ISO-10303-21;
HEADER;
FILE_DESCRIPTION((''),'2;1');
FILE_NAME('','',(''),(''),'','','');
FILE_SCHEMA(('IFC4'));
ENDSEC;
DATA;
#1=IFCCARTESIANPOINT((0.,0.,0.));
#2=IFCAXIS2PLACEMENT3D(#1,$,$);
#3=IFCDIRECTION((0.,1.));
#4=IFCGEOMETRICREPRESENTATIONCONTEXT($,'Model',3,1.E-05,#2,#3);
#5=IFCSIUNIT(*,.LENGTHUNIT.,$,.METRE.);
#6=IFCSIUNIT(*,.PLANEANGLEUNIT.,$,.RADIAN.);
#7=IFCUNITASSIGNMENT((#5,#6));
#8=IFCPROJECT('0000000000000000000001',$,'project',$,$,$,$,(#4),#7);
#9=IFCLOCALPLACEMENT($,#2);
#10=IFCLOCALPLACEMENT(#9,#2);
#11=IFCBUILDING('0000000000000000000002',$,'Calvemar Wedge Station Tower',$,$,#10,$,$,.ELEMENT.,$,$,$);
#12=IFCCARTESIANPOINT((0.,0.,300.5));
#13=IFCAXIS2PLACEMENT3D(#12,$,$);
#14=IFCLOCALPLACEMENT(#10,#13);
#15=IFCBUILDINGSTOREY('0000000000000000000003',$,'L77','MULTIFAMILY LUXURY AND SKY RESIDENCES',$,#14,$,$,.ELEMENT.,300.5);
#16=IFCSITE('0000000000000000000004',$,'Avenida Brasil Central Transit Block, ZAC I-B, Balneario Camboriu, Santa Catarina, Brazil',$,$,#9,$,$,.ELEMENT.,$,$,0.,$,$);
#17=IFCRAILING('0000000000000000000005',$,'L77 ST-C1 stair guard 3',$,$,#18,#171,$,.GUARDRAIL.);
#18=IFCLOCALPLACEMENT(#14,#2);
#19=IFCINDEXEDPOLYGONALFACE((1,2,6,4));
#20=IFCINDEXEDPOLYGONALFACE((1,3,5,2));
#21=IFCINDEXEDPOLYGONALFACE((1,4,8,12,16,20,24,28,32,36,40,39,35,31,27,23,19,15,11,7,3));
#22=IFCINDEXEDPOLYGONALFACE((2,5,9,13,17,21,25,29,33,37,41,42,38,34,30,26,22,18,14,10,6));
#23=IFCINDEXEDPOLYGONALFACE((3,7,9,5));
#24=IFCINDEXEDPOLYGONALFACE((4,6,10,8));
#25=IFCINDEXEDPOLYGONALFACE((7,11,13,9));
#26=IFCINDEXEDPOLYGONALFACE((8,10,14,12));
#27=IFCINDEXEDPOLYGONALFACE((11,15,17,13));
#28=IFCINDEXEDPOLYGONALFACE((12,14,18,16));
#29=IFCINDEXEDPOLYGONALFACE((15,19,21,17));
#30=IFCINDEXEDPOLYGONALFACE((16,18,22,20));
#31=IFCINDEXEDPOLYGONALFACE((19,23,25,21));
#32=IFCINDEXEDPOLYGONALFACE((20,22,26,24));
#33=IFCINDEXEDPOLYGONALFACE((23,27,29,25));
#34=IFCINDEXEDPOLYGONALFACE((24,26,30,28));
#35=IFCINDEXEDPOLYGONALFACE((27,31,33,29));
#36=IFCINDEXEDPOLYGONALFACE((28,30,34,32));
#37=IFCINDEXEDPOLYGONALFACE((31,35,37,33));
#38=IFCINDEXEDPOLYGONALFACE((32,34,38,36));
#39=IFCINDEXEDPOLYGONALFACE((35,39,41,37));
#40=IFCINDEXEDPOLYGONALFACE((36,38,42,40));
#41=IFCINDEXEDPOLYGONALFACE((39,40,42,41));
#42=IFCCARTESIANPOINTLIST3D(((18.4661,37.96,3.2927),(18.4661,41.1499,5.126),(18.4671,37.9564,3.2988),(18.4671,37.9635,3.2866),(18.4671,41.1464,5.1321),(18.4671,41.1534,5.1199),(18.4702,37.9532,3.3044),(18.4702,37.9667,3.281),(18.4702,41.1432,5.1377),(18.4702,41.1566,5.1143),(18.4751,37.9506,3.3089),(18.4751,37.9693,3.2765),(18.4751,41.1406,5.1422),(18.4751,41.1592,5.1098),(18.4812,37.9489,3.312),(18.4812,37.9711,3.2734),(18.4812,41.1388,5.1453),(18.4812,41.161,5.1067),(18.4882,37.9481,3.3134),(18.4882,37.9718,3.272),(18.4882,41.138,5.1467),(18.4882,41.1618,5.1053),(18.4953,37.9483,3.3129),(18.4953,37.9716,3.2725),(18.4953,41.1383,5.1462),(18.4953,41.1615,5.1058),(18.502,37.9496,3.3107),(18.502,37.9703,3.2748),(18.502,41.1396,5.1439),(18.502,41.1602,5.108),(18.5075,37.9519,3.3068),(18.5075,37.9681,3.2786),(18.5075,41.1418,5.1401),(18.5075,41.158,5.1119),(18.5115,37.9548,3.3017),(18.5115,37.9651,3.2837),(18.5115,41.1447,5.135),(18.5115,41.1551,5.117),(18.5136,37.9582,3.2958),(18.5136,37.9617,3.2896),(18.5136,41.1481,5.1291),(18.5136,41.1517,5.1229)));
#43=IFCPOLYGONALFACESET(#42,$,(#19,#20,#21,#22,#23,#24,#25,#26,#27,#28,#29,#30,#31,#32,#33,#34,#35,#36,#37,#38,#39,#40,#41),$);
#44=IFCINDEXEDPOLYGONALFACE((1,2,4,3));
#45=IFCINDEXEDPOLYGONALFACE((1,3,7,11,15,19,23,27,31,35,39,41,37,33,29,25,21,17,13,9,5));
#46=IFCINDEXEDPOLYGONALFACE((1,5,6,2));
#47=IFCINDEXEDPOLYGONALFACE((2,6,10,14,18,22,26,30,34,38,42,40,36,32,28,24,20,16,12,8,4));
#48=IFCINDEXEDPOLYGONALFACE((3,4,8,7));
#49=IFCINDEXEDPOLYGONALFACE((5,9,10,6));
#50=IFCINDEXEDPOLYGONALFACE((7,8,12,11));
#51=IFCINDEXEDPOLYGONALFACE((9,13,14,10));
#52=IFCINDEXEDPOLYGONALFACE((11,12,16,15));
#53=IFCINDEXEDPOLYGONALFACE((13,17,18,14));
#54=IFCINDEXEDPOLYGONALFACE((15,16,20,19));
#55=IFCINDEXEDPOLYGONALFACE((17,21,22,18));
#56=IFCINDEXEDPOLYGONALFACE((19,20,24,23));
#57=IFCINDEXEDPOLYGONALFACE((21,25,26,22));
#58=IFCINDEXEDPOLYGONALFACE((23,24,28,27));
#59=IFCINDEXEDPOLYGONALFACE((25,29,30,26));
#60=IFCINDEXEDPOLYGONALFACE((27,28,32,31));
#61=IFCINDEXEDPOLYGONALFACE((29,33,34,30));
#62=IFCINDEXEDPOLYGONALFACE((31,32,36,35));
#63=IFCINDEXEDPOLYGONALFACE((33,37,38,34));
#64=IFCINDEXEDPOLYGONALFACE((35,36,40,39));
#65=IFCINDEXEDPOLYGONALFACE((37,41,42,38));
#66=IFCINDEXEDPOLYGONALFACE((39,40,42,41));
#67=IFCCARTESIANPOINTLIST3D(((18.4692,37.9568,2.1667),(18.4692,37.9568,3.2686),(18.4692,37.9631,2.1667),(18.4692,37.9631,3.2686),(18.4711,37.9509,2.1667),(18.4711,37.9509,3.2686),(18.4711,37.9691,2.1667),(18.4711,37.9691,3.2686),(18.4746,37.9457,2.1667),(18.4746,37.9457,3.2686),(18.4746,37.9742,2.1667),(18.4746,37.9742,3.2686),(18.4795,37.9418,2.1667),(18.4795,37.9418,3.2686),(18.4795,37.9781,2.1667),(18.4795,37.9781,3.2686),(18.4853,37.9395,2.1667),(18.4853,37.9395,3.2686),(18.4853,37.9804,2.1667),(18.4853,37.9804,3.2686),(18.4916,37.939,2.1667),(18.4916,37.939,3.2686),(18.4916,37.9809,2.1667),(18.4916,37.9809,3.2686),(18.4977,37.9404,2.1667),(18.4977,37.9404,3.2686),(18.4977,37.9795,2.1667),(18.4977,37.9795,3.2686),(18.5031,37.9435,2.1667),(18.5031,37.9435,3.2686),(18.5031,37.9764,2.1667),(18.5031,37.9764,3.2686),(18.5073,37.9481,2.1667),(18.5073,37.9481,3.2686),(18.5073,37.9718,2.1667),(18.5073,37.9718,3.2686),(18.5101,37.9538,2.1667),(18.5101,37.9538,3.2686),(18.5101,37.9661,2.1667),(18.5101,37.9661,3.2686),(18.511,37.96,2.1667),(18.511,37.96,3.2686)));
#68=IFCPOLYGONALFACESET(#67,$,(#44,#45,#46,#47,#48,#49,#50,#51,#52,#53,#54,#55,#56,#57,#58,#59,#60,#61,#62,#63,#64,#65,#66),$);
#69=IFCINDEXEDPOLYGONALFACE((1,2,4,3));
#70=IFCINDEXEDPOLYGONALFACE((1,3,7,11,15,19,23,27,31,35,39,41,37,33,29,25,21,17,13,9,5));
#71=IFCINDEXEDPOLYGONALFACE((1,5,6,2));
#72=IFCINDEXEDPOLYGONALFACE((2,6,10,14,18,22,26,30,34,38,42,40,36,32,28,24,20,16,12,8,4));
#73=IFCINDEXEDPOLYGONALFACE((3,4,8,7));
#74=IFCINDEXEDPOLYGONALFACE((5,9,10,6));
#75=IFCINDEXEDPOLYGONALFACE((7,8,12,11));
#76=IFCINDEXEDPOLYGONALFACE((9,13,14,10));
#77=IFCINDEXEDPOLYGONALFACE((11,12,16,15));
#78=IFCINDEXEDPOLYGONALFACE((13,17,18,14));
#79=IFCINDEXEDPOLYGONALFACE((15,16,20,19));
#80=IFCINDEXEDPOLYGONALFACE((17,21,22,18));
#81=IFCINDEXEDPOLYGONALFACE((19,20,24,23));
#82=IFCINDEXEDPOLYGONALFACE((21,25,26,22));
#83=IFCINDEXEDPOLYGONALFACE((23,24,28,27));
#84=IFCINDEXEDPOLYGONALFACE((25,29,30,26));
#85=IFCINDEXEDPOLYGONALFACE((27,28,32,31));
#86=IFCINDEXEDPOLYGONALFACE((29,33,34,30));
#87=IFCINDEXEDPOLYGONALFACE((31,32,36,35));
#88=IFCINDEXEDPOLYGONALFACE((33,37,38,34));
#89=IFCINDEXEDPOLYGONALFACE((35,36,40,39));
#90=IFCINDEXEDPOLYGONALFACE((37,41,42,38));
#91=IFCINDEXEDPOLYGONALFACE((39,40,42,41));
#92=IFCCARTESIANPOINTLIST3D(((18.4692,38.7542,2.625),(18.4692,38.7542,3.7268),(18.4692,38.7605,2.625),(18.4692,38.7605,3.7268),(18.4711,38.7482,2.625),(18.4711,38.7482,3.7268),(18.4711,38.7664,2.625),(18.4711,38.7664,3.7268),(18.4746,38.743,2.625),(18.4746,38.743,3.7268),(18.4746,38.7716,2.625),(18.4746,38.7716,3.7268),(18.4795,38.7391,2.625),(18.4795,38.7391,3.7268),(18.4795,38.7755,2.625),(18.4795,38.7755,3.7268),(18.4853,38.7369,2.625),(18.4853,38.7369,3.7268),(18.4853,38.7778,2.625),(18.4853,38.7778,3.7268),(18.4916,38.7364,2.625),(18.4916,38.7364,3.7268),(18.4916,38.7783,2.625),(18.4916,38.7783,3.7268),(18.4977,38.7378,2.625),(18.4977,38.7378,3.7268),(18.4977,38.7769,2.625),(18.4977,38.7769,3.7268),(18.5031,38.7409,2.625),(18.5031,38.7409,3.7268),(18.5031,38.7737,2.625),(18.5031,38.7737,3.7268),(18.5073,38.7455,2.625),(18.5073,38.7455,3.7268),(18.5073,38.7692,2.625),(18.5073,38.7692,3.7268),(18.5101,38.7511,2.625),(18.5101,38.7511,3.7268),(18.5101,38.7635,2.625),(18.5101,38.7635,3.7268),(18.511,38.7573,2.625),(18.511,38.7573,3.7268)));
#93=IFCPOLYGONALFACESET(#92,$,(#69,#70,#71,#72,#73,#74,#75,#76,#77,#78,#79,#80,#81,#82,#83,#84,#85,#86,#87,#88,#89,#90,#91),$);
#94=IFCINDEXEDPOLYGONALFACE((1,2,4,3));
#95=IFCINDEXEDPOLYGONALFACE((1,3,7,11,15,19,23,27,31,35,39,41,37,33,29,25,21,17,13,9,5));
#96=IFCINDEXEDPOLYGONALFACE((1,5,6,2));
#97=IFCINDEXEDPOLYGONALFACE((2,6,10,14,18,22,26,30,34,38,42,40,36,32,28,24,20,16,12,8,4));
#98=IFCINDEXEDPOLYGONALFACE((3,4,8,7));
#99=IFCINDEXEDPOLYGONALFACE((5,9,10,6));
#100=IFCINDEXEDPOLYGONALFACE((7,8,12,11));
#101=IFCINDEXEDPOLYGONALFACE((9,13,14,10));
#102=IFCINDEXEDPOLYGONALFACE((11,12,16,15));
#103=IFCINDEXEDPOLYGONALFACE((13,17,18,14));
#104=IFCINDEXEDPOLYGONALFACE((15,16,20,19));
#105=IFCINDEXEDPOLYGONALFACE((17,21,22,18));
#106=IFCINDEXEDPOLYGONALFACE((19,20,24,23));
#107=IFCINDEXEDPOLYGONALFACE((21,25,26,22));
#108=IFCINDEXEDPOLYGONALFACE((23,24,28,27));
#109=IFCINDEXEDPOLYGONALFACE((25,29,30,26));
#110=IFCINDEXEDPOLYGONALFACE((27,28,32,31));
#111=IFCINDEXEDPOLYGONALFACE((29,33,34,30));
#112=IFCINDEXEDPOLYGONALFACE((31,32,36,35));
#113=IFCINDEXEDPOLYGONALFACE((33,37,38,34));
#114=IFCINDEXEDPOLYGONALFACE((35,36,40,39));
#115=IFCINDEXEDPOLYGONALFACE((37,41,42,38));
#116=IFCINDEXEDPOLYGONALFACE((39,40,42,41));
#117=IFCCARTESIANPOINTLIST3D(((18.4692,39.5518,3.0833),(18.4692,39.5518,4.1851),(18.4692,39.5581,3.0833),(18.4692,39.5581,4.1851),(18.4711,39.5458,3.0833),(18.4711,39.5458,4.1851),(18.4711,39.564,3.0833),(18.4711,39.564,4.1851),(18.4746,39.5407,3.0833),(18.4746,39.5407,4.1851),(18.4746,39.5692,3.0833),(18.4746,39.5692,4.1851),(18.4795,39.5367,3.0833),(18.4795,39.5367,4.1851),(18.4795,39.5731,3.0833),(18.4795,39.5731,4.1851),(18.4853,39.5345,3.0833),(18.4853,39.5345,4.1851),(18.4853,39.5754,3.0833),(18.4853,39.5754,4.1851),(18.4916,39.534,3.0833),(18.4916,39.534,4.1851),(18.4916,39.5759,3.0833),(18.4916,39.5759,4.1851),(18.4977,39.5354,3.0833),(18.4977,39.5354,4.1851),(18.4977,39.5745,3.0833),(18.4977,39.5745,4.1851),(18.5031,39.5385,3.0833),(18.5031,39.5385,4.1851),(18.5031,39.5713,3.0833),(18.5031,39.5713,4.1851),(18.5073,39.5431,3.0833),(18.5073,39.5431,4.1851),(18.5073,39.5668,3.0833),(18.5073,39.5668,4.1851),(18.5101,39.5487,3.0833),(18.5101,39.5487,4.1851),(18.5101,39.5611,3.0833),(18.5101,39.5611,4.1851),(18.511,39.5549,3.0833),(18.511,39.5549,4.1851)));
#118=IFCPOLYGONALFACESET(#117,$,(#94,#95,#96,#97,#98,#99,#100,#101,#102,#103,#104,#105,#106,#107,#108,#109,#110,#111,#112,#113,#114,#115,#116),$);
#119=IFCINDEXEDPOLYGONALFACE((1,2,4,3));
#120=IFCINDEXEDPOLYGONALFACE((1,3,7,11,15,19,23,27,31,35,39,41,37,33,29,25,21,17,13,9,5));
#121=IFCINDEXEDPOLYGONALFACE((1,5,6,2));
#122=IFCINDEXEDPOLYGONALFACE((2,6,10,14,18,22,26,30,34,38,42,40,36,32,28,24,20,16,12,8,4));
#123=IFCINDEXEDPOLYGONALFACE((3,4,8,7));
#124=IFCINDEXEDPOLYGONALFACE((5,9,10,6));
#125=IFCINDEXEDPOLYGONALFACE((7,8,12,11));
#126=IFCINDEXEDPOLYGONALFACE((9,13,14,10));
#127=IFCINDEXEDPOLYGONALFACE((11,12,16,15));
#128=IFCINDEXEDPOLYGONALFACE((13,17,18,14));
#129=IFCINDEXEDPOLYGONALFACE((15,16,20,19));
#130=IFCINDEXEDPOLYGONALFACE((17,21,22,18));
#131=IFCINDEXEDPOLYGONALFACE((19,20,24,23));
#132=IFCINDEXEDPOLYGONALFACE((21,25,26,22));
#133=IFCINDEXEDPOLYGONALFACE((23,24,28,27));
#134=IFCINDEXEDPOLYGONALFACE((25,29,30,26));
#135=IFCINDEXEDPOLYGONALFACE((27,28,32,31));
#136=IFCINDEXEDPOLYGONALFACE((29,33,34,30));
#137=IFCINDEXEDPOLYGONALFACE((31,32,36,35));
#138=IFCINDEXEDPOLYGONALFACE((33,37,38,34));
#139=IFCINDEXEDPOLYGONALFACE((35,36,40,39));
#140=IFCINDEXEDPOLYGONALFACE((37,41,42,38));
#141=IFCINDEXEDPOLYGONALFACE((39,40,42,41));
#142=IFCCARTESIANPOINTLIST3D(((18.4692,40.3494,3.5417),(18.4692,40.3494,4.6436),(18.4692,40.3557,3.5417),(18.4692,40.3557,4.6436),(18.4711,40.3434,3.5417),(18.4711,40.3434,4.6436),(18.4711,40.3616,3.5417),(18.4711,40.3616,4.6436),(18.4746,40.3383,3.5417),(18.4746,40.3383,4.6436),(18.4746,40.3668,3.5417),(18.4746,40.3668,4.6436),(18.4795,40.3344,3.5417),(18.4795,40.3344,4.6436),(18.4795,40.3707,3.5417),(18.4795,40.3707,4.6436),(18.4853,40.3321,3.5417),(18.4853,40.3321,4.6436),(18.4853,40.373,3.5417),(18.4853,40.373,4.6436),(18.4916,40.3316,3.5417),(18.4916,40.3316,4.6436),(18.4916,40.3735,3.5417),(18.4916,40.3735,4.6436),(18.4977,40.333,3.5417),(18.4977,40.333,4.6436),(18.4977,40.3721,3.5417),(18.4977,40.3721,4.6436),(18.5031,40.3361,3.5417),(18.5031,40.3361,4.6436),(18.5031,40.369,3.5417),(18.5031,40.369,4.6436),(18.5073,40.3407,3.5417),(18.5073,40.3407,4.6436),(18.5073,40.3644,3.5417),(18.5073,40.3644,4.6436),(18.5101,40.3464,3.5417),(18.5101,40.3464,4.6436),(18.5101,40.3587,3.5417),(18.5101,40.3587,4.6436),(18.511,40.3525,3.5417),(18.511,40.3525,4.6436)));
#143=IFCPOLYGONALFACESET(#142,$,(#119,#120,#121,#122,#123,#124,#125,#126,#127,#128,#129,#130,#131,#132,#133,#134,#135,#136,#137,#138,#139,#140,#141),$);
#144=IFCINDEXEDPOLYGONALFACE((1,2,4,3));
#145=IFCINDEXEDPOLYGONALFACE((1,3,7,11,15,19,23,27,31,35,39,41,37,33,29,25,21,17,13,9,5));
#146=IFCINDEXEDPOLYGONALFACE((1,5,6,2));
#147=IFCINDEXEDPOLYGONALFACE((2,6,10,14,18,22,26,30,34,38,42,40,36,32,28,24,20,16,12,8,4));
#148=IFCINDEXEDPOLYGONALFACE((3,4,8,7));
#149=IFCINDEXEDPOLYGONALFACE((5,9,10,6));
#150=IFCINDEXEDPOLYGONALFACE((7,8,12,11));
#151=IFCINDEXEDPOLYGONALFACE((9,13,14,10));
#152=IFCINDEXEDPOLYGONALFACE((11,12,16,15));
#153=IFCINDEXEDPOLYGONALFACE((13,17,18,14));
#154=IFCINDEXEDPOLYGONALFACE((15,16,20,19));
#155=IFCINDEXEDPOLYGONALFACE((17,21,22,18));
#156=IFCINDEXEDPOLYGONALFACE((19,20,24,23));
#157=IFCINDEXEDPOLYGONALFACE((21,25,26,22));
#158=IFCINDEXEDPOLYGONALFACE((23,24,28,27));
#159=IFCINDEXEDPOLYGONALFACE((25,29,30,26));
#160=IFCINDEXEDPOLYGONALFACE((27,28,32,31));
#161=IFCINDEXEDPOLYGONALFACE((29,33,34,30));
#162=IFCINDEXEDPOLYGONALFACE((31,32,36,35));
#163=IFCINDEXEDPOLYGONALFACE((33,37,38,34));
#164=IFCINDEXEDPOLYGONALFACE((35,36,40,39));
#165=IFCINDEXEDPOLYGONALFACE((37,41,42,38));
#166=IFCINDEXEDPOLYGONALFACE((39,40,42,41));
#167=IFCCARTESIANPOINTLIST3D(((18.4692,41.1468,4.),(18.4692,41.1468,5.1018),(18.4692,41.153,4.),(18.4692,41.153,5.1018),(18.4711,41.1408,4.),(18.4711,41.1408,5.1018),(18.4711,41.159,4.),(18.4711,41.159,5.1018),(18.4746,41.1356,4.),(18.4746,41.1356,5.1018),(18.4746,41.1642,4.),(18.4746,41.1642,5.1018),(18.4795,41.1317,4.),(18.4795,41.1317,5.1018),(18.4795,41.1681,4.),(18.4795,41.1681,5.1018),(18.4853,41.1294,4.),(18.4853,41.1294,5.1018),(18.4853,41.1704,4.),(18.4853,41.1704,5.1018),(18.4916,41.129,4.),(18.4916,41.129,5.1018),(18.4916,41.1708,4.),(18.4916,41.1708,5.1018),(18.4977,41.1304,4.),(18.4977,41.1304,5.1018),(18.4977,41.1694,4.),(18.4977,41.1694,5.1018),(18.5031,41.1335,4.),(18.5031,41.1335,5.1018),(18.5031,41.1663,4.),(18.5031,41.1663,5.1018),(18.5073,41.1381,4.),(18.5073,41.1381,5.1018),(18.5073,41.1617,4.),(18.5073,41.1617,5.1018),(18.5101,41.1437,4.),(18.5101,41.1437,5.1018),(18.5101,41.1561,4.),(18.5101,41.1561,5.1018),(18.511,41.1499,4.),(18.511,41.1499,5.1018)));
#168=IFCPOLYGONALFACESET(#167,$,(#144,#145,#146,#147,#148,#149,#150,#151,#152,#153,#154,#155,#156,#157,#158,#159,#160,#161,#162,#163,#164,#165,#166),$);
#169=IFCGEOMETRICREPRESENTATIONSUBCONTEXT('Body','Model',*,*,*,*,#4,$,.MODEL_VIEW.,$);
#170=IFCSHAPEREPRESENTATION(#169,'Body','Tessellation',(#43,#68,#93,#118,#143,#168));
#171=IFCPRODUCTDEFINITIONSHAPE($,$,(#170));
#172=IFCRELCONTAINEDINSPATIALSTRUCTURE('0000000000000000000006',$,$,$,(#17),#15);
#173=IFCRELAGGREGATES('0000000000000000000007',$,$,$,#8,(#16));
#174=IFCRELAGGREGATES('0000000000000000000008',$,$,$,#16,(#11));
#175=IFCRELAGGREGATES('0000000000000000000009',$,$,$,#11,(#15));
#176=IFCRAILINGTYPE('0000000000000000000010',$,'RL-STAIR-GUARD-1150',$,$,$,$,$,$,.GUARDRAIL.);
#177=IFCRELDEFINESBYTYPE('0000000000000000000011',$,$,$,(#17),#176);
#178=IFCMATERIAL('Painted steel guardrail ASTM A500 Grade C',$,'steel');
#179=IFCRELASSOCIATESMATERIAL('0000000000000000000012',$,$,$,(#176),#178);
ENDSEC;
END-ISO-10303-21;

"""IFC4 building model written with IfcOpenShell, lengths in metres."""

from ifc_helpers import new_model, si_unit, direction, frame, origin, origin_2d, place, context, subcontext, project, spatial, circle, extrude, material, type_object, element, save


model = new_model("IFC4")

# Units and contexts
model_context = context("Model", 3, precision=1e-05, world=origin(), true_north=direction((0.0, 1.0)))
body_context = subcontext(model_context, "Body", "Model", "MODEL_VIEW")
ifc_project = project(units=[si_unit("LENGTHUNIT", "METRE"), si_unit("PLANEANGLEUNIT", "RADIAN")], contexts=[model_context])

# Site, building, storey
site_placement = place(None, origin())
site = spatial("IfcSite", under=ifc_project, at=site_placement, Name="Avenida Brasil Central Transit Block, ZAC I-B, Balneario Camboriu, Santa Catarina, Brazil", CompositionType="ELEMENT", RefElevation=0.0)
building_placement = place(site_placement, origin())
building = spatial("IfcBuilding", under=site, at=building_placement, Name="Calvemar Wedge Station Tower", CompositionType="ELEMENT")
storey_placement = place(building_placement, frame((0.0, 0.0, 300.5)))
storey = spatial("IfcBuildingStorey", under=building, at=storey_placement, Name="L77", Description="MULTIFAMILY LUXURY AND SKY RESIDENCES", CompositionType="ELEMENT", Elevation=300.5)

# Railing
ifc_material_1 = material(Name="Painted steel guardrail ASTM A500 Grade C", Category="steel")
railing_type_1 = type_object("IfcRailingType", Name="RL-STAIR-GUARD-1150", PredefinedType="GUARDRAIL", material=ifc_material_1)
railing_1_placement = place(storey_placement, frame((18.49, 37.96, 2.1667)))
element("IfcRailing", 1, at=railing_1_placement, inside=storey, type_object=railing_type_1, Name="L77 ST-C1 stair guard 3", PredefinedType="GUARDRAIL", context=body_context, shape_type="SweptSolid", body=[
    extrude(circle(Radius=0.0239, at=origin_2d()), frame((0.0, 0.0, 1.126), z_axis=(0.0, 0.86702, 0.498274), x_axis=(-1.0, 0.0, 0.0)), (0.0, 0.0, 1.0), 3.6792),
    extrude(circle(Radius=0.021, at=origin_2d()), origin(), (0.0, 0.0, 1.0), 1.1018),
    extrude(circle(Radius=0.021, at=origin_2d()), frame((0.0, 0.7974, 0.4583)), (0.0, 0.0, 1.0), 1.1018),
    extrude(circle(Radius=0.021, at=origin_2d()), frame((0.0, 1.595, 0.9165)), (0.0, 0.0, 1.0), 1.1018),
    extrude(circle(Radius=0.021, at=origin_2d()), frame((0.0, 2.3926, 1.375)), (0.0, 0.0, 1.0), 1.1018),
    extrude(circle(Radius=0.021, at=origin_2d()), frame((0.0, 3.1899, 1.8333)), (0.0, 0.0, 1.0), 1.1018),
])

save(model, "model.ifc")
